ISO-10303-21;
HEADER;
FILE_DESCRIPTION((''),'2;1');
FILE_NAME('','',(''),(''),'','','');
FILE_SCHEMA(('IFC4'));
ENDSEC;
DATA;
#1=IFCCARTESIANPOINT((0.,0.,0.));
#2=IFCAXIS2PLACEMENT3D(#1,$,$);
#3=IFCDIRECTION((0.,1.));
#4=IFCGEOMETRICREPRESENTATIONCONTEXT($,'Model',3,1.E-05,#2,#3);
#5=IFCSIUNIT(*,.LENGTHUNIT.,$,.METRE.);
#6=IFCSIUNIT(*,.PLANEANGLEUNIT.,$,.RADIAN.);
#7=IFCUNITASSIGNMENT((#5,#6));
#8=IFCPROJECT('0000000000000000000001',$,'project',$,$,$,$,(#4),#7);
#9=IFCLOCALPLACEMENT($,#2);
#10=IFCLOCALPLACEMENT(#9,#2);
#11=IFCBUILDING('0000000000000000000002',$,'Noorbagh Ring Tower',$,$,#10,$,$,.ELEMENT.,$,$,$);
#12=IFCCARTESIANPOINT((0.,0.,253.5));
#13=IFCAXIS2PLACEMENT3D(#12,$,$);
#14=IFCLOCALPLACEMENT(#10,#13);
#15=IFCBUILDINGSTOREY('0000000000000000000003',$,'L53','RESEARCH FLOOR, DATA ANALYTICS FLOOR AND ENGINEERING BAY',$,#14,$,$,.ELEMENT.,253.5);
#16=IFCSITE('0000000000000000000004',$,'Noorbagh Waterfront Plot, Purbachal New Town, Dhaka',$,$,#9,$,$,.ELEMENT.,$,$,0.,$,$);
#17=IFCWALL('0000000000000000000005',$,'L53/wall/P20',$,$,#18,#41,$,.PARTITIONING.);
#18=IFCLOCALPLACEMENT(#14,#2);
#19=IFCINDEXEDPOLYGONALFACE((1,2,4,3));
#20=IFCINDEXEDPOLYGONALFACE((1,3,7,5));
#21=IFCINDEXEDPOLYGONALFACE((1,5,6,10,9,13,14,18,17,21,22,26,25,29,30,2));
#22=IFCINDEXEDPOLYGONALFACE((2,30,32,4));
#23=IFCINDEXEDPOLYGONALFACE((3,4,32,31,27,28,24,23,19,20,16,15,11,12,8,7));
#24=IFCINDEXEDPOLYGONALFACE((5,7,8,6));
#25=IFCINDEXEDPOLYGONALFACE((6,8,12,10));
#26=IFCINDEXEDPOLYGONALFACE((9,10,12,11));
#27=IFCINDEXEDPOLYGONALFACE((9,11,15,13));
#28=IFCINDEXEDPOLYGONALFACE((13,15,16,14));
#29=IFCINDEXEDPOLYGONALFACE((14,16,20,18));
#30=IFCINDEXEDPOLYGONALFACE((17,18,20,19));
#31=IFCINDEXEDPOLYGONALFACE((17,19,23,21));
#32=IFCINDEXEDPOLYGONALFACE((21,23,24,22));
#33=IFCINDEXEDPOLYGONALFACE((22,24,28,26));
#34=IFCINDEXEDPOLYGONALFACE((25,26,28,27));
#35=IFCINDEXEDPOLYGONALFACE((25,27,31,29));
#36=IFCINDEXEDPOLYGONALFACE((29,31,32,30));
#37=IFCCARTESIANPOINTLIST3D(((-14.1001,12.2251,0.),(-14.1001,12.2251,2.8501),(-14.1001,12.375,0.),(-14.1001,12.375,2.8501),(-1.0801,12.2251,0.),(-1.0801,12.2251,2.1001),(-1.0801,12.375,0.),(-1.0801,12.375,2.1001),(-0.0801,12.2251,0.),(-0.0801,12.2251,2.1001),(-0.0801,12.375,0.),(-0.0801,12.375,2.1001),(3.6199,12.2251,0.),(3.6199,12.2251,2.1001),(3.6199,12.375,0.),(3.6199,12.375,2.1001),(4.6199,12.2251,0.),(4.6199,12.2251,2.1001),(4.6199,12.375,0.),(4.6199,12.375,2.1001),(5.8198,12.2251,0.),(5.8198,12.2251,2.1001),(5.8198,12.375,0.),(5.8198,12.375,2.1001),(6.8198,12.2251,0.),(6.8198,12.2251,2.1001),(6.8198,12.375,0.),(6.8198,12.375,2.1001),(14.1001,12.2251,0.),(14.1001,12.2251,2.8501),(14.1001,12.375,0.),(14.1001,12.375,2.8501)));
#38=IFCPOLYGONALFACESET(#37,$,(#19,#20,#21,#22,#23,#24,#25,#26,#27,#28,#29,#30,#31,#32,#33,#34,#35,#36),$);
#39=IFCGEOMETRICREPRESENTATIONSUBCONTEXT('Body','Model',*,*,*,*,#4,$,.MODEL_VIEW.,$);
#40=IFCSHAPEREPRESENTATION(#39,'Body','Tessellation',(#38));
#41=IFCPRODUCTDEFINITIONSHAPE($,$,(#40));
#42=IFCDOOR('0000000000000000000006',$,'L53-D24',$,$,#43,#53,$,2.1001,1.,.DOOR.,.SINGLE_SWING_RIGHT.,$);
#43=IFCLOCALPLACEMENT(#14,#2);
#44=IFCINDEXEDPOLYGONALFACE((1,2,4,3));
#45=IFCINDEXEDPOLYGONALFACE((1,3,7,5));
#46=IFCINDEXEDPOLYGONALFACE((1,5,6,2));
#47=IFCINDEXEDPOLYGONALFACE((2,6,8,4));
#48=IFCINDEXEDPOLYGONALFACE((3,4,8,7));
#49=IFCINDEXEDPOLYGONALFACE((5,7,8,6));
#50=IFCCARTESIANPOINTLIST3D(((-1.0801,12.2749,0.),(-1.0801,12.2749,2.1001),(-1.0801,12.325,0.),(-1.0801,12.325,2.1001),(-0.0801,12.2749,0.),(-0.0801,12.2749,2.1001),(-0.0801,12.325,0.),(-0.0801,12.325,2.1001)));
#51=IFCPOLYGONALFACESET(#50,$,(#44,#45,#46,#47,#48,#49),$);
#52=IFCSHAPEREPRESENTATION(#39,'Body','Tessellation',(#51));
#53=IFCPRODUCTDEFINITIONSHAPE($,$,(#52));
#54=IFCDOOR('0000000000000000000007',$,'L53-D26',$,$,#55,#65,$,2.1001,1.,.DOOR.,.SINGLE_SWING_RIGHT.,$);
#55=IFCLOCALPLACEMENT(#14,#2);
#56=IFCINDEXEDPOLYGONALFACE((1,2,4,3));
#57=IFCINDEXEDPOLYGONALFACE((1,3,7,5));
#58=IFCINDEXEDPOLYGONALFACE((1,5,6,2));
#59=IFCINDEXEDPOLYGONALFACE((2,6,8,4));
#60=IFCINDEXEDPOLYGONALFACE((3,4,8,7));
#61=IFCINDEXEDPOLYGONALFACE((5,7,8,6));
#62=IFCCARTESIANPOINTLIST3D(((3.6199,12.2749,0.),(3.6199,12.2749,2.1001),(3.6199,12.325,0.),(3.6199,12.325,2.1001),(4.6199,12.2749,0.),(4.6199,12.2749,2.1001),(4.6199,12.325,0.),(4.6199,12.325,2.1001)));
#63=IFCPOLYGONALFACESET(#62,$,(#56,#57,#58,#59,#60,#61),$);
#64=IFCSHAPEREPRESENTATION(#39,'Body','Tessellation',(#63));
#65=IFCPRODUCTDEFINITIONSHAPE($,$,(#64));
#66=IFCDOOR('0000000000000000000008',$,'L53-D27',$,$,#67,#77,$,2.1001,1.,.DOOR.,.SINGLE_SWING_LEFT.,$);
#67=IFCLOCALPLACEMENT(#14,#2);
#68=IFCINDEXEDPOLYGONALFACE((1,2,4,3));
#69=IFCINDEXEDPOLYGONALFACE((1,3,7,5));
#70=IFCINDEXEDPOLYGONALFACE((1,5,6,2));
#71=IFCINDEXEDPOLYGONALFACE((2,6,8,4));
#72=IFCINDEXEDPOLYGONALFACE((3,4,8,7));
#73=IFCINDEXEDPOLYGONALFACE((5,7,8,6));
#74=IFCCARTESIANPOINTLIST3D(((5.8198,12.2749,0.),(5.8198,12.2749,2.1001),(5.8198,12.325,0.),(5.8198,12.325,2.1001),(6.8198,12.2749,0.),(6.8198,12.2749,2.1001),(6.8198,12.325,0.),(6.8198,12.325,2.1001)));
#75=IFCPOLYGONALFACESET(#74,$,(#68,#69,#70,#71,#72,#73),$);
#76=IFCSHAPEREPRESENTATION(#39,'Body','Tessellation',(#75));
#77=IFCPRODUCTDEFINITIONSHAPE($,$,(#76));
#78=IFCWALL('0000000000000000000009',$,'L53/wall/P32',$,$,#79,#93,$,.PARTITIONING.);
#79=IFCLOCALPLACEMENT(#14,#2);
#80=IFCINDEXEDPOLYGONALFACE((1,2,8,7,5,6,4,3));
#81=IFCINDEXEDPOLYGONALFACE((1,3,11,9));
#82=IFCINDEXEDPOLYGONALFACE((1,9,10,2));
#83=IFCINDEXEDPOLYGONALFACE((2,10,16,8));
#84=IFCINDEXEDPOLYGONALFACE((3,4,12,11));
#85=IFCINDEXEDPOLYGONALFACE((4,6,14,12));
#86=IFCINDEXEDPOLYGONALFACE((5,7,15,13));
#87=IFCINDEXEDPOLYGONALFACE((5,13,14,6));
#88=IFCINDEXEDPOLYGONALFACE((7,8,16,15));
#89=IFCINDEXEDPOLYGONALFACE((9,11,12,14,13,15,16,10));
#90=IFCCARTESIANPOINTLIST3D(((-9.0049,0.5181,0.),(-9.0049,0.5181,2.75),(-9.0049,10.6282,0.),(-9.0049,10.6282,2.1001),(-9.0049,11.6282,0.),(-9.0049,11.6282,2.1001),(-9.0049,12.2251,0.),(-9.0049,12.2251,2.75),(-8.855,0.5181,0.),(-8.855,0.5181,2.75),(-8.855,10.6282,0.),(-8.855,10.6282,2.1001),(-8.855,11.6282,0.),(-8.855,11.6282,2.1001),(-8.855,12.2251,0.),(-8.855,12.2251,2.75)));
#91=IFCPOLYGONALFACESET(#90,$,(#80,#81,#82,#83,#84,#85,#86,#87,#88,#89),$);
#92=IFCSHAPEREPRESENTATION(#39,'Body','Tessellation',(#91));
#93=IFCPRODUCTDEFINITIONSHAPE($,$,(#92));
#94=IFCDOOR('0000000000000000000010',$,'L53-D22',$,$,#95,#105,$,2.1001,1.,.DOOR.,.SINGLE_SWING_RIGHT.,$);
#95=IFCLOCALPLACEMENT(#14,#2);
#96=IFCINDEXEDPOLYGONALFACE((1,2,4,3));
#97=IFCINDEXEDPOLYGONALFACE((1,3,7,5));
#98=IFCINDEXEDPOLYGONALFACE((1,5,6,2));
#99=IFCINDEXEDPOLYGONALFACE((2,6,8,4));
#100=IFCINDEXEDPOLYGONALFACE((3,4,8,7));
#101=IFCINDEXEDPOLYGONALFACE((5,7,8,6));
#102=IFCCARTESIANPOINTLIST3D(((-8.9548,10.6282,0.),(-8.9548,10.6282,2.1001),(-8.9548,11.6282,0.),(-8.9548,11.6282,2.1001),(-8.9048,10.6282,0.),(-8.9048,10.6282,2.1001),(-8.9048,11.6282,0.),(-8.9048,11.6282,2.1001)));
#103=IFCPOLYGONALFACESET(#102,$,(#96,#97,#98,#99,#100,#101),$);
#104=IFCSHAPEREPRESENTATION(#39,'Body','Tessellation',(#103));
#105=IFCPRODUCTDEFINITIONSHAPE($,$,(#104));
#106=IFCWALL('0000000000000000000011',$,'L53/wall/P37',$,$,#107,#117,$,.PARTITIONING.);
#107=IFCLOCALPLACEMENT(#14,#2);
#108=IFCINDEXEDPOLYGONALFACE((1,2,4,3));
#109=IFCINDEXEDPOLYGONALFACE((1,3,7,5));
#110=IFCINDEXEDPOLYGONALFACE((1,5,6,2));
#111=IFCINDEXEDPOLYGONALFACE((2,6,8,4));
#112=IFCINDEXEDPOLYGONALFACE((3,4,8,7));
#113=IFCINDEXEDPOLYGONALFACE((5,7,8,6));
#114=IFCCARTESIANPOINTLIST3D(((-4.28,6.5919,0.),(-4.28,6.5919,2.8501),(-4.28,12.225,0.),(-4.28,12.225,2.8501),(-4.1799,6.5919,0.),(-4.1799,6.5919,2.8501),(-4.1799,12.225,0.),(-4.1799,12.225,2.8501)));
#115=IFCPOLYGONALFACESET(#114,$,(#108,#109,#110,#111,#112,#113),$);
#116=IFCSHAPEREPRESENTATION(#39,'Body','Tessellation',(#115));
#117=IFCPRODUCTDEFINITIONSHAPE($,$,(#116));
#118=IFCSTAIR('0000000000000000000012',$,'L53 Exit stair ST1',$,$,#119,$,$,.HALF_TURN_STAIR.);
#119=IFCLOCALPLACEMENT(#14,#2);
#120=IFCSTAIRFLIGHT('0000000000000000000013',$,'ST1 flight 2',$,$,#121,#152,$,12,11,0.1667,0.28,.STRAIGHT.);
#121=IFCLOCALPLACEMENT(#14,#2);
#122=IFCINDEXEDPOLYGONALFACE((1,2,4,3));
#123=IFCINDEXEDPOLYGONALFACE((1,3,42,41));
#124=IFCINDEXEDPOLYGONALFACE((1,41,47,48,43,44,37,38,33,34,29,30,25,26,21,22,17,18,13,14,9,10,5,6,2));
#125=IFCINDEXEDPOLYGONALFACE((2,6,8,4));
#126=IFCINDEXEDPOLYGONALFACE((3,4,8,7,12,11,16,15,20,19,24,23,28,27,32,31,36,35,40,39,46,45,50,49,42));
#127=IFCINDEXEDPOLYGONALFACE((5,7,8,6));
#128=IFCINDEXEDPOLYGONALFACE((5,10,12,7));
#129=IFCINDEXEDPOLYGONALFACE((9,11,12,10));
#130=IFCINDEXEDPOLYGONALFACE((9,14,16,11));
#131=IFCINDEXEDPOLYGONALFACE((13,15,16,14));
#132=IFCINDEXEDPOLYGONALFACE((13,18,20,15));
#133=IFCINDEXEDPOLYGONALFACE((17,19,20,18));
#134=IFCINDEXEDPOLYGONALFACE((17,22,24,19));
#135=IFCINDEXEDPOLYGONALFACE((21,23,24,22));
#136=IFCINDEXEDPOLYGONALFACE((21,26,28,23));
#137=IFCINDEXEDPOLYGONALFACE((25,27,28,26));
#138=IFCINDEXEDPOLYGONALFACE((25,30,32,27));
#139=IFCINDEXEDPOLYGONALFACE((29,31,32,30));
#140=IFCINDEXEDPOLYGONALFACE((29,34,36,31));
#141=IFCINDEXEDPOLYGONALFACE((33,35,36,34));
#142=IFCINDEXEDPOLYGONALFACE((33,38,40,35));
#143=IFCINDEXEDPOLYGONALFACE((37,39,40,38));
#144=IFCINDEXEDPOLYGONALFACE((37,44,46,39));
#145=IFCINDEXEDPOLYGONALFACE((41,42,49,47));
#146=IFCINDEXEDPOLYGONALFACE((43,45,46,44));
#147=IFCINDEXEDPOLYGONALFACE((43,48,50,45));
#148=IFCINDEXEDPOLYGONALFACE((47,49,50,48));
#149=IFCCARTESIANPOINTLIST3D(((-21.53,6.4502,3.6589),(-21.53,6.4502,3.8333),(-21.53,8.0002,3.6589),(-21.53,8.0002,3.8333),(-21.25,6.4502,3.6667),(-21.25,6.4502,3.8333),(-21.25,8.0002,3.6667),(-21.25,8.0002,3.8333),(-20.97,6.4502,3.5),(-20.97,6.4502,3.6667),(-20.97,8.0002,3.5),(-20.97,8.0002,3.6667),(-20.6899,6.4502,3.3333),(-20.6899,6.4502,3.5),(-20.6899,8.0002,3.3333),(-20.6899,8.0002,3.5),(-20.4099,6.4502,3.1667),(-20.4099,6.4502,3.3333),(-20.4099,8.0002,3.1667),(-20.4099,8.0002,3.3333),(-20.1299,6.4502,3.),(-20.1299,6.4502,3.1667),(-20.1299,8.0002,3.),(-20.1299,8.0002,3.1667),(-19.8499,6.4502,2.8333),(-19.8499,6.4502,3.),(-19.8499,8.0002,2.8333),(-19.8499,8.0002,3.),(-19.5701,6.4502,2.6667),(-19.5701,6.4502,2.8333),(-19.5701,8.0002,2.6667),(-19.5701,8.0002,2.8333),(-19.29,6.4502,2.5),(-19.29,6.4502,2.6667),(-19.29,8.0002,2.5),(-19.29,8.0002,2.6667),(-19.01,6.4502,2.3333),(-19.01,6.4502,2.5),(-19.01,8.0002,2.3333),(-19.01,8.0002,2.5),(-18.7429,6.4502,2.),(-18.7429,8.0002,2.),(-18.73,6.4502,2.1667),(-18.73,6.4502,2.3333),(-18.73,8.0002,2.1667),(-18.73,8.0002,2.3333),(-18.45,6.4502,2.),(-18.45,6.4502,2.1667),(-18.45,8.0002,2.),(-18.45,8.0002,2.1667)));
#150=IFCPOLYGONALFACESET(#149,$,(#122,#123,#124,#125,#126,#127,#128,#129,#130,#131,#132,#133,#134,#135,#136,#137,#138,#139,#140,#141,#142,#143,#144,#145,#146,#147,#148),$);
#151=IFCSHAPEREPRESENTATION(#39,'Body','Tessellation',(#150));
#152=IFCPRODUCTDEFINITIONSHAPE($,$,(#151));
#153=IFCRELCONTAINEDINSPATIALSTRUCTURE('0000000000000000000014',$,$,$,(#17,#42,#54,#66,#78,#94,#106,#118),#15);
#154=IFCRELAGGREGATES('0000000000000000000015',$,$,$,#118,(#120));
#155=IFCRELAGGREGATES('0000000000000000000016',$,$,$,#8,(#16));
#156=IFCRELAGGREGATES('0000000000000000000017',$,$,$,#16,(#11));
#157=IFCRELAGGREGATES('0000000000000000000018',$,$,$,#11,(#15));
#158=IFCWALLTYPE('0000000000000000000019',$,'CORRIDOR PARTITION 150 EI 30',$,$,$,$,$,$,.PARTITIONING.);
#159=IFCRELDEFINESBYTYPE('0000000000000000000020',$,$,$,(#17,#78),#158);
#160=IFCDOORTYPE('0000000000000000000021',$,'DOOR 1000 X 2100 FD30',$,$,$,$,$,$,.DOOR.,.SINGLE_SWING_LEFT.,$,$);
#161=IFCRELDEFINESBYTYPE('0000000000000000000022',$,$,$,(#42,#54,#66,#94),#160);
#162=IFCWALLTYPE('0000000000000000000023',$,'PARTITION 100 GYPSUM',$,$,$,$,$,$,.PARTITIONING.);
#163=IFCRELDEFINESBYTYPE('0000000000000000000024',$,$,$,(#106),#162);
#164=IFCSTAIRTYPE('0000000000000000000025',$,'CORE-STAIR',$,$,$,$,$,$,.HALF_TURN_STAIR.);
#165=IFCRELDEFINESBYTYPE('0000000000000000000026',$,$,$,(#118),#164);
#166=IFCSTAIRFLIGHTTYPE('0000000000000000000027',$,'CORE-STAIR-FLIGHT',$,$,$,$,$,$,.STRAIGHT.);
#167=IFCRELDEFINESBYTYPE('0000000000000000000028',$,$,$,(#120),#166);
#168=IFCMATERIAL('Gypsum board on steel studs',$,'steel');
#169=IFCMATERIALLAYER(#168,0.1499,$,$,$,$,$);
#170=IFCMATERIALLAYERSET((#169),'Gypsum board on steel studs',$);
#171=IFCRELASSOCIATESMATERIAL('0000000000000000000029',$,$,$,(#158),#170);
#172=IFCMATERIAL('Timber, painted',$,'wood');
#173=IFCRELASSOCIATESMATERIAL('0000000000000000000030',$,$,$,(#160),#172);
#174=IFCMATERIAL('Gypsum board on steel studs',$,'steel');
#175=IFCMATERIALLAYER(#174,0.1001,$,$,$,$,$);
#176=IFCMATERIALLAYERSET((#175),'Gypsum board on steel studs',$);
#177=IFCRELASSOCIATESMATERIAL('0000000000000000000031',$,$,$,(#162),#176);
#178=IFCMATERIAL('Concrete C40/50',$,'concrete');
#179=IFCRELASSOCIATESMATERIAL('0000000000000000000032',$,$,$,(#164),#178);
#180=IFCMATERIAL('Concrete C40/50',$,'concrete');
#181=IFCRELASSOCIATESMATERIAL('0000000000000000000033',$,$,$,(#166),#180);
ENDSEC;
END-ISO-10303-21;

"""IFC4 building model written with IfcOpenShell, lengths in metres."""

from ifc_helpers import new_model, si_unit, direction, frame, frame_2d, origin, place, context, subcontext, project, spatial, polyline, rectangle, outline, extrude, material, layer, layer_set, type_object, element, fill, aggregate, save


model = new_model("IFC4")

# Units and contexts
model_context = context("Model", 3, precision=1e-05, world=origin(), true_north=direction((0.0, 1.0)))
body_context = subcontext(model_context, "Body", "Model", "MODEL_VIEW")
ifc_project = project(units=[si_unit("LENGTHUNIT", "METRE"), si_unit("PLANEANGLEUNIT", "RADIAN")], contexts=[model_context])

# Site, building, storey
site_placement = place(None, origin())
site = spatial("IfcSite", under=ifc_project, at=site_placement, Name="Noorbagh Waterfront Plot, Purbachal New Town, Dhaka", CompositionType="ELEMENT", RefElevation=0.0)
building_placement = place(site_placement, origin())
building = spatial("IfcBuilding", under=site, at=building_placement, Name="Noorbagh Ring Tower", CompositionType="ELEMENT")
storey_placement = place(building_placement, frame((0.0, 0.0, 253.5)))
storey = spatial("IfcBuildingStorey", under=building, at=storey_placement, Name="L53", Description="RESEARCH FLOOR, DATA ANALYTICS FLOOR AND ENGINEERING BAY", CompositionType="ELEMENT", Elevation=253.5)

# Wall, openings, doors
ifc_material_1 = material(Name="Gypsum board on steel studs", Category="steel")
ifc_layer_1 = layer(ifc_material_1, 0.1499)
ifc_layer_set_1 = layer_set([ifc_layer_1], Name="Gypsum board on steel studs")
wall_type_1 = type_object("IfcWallType", Name="CORRIDOR PARTITION 150 EI 30", PredefinedType="PARTITIONING", material=ifc_layer_set_1)
wall_1_placement = place(storey_placement, frame((-14.1001, 12.3, 0.0), z_axis=(0.0, 0.0, 1.0), x_axis=(1.0, 0.0, 0.0)))
wall_1 = element("IfcWall", 1, at=wall_1_placement, inside=storey, type_object=wall_type_1, Name="L53/wall/P20", PredefinedType="PARTITIONING", context=body_context, shape_type="SweptSolid", body=[
    extrude(rectangle(XDim=28.2002, YDim=0.1499, at=frame_2d((14.1001, 0.0))), origin(), (0.0, 0.0, 1.0), 2.8501),
])
opening_1_placement = place(wall_1_placement, frame((13.02, 0.0, 0.0)))
opening_1 = element("IfcOpeningElement", 2, at=opening_1_placement, cuts=wall_1, PredefinedType="OPENING", context=body_context, shape_type="SweptSolid", body=[
    extrude(rectangle(XDim=1.0, YDim=2.1001, at=frame_2d((0.5, 1.05))), frame((0.0, 0.085, 0.0), z_axis=(0.0, -1.0, 0.0), x_axis=(1.0, 0.0, 0.0)), (0.0, 0.0, 1.0), 0.1699),
])
opening_2_placement = place(wall_1_placement, frame((17.72, 0.0, 0.0)))
opening_2 = element("IfcOpeningElement", 3, at=opening_2_placement, cuts=wall_1, PredefinedType="OPENING", context=body_context, shape_type="SweptSolid", body=[
    extrude(rectangle(XDim=1.0, YDim=2.1001, at=frame_2d((0.5, 1.05))), frame((0.0, 0.085, 0.0), z_axis=(0.0, -1.0, 0.0), x_axis=(1.0, 0.0, 0.0)), (0.0, 0.0, 1.0), 0.1699),
])
opening_3_placement = place(wall_1_placement, frame((19.9199, 0.0, 0.0)))
opening_3 = element("IfcOpeningElement", 4, at=opening_3_placement, cuts=wall_1, PredefinedType="OPENING", context=body_context, shape_type="SweptSolid", body=[
    extrude(rectangle(XDim=1.0, YDim=2.1001, at=frame_2d((0.5, 1.05))), frame((0.0, 0.085, 0.0), z_axis=(0.0, -1.0, 0.0), x_axis=(1.0, 0.0, 0.0)), (0.0, 0.0, 1.0), 0.1699),
])
ifc_material_2 = material(Name="Timber, painted", Category="wood")
door_type_1 = type_object("IfcDoorType", Name="DOOR 1000 X 2100 FD30", OperationType="SINGLE_SWING_LEFT", PredefinedType="DOOR", material=ifc_material_2)
door_1_placement = place(opening_1_placement, origin())
door_1 = element("IfcDoor", 5, at=door_1_placement, inside=storey, type_object=door_type_1, Name="L53-D24", OperationType="SINGLE_SWING_RIGHT", OverallHeight=2.1001, OverallWidth=1.0, PredefinedType="DOOR", context=body_context, shape_type="SweptSolid", body=[
    extrude(rectangle(XDim=1.0, YDim=2.1001, at=frame_2d((0.5, 1.05))), frame((0.0, 0.0249, 0.0), z_axis=(0.0, -1.0, 0.0), x_axis=(1.0, 0.0, 0.0)), (0.0, 0.0, 1.0), 0.05),
])
fill(opening_1, door_1)
door_2_placement = place(opening_2_placement, origin())
door_2 = element("IfcDoor", 6, at=door_2_placement, inside=storey, type_object=door_type_1, Name="L53-D26", OperationType="SINGLE_SWING_RIGHT", OverallHeight=2.1001, OverallWidth=1.0, PredefinedType="DOOR", context=body_context, shape_type="SweptSolid", body=[
    extrude(rectangle(XDim=1.0, YDim=2.1001, at=frame_2d((0.5, 1.05))), frame((0.0, 0.0249, 0.0), z_axis=(0.0, -1.0, 0.0), x_axis=(1.0, 0.0, 0.0)), (0.0, 0.0, 1.0), 0.05),
])
fill(opening_2, door_2)
door_3_placement = place(opening_3_placement, origin())
door_3 = element("IfcDoor", 7, at=door_3_placement, inside=storey, type_object=door_type_1, Name="L53-D27", OperationType="SINGLE_SWING_LEFT", OverallHeight=2.1001, OverallWidth=1.0, PredefinedType="DOOR", context=body_context, shape_type="SweptSolid", body=[
    extrude(rectangle(XDim=1.0, YDim=2.1001, at=frame_2d((0.5, 1.05))), frame((0.0, 0.0249, 0.0), z_axis=(0.0, -1.0, 0.0), x_axis=(1.0, 0.0, 0.0)), (0.0, 0.0, 1.0), 0.05),
])
fill(opening_3, door_3)

# Wall, opening, door
wall_2_placement = place(storey_placement, frame((-8.9299, 0.5181, 0.0), z_axis=(0.0, 0.0, 1.0), x_axis=(0.0, 1.0, 0.0)))
wall_2 = element("IfcWall", 8, at=wall_2_placement, inside=storey, type_object=wall_type_1, Name="L53/wall/P32", PredefinedType="PARTITIONING", context=body_context, shape_type="SweptSolid", body=[
    extrude(rectangle(XDim=11.707, YDim=0.1499, at=frame_2d((5.8535, 0.0))), origin(), (0.0, 0.0, 1.0), 2.75),
])
opening_4_placement = place(wall_2_placement, frame((10.1101, 0.0, 0.0)))
opening_4 = element("IfcOpeningElement", 9, at=opening_4_placement, cuts=wall_2, PredefinedType="OPENING", context=body_context, shape_type="SweptSolid", body=[
    extrude(rectangle(XDim=1.0, YDim=2.1001, at=frame_2d((0.5, 1.05))), frame((0.0, 0.085, 0.0), z_axis=(0.0, -1.0, 0.0), x_axis=(1.0, 0.0, 0.0)), (0.0, 0.0, 1.0), 0.1699),
])
door_4_placement = place(opening_4_placement, origin())
door_4 = element("IfcDoor", 10, at=door_4_placement, inside=storey, type_object=door_type_1, Name="L53-D22", OperationType="SINGLE_SWING_RIGHT", OverallHeight=2.1001, OverallWidth=1.0, PredefinedType="DOOR", context=body_context, shape_type="SweptSolid", body=[
    extrude(rectangle(XDim=1.0, YDim=2.1001, at=frame_2d((0.5, 1.05))), frame((0.0, 0.0249, 0.0), z_axis=(0.0, -1.0, 0.0), x_axis=(1.0, 0.0, 0.0)), (0.0, 0.0, 1.0), 0.05),
])
fill(opening_4, door_4)

# Wall
ifc_material_3 = material(Name="Gypsum board on steel studs", Category="steel")
ifc_layer_2 = layer(ifc_material_3, 0.1001)
ifc_layer_set_2 = layer_set([ifc_layer_2], Name="Gypsum board on steel studs")
wall_type_2 = type_object("IfcWallType", Name="PARTITION 100 GYPSUM", PredefinedType="PARTITIONING", material=ifc_layer_set_2)
wall_3_placement = place(storey_placement, frame((-4.23, 6.592, 0.0), z_axis=(0.0, 0.0, 1.0), x_axis=(0.0, 1.0, 0.0)))
element("IfcWall", 11, at=wall_3_placement, inside=storey, type_object=wall_type_2, Name="L53/wall/P37", PredefinedType="PARTITIONING", context=body_context, shape_type="SweptSolid", body=[
    extrude(rectangle(XDim=5.6331, YDim=0.1001, at=frame_2d((2.8164, 0.0))), origin(), (0.0, 0.0, 1.0), 2.8501),
])

# Stair, stair flight
ifc_material_4 = material(Name="Concrete C40/50", Category="concrete")
stair_type = type_object("IfcStairType", Name="CORE-STAIR", PredefinedType="HALF_TURN_STAIR", material=ifc_material_4)
stair_placement = place(storey_placement, origin())
stair = element("IfcStair", 12, at=stair_placement, inside=storey, type_object=stair_type, Name="L53 Exit stair ST1", PredefinedType="HALF_TURN_STAIR")
ifc_material_5 = material(Name="Concrete C40/50", Category="concrete")
stair_flight_type = type_object("IfcStairFlightType", Name="CORE-STAIR-FLIGHT", PredefinedType="STRAIGHT", material=ifc_material_5)
stair_flight_placement = place(storey_placement, frame((-18.45, 7.2251, 2.0), z_axis=(0.0, 0.0, 1.0), x_axis=(-1.0, 0.0, 0.0)))
stair_flight = element("IfcStairFlight", 13, at=stair_flight_placement, type_object=stair_flight_type, Name="ST1 flight 2", NumberOfRisers=12, NumberOfTreads=11, PredefinedType="STRAIGHT", RiserHeight=0.1667, TreadLength=0.28, context=body_context, shape_type="SweptSolid", body=[
    extrude(outline(polyline([(0.0, 0.0), (0.0, 0.1667), (0.28, 0.1667), (0.28, 0.3333), (0.5601, 0.3333), (0.5601, 0.5), (0.8401, 0.5), (0.8401, 0.6667), (1.1201, 0.6667), (1.1201, 0.8333), (1.3999, 0.8333), (1.3999, 1.0), (1.6799, 1.0), (1.6799, 1.1667), (1.96, 1.1667), (1.96, 1.3333), (2.24, 1.3333), (2.24, 1.5), (2.52, 1.5), (2.52, 1.6667), (2.8, 1.6667), (2.8, 1.8333), (3.0801, 1.8333), (3.0801, 2.0), (3.0801, 1.6589), (0.293, 0.0), (0.0, 0.0)])), frame((0.0, 0.7749, 0.0), z_axis=(0.0, -1.0, 0.0), x_axis=(1.0, 0.0, 0.0)), (0.0, 0.0, 1.0), 1.55),
])
aggregate(stair, [stair_flight])

save(model, "model.ifc")
